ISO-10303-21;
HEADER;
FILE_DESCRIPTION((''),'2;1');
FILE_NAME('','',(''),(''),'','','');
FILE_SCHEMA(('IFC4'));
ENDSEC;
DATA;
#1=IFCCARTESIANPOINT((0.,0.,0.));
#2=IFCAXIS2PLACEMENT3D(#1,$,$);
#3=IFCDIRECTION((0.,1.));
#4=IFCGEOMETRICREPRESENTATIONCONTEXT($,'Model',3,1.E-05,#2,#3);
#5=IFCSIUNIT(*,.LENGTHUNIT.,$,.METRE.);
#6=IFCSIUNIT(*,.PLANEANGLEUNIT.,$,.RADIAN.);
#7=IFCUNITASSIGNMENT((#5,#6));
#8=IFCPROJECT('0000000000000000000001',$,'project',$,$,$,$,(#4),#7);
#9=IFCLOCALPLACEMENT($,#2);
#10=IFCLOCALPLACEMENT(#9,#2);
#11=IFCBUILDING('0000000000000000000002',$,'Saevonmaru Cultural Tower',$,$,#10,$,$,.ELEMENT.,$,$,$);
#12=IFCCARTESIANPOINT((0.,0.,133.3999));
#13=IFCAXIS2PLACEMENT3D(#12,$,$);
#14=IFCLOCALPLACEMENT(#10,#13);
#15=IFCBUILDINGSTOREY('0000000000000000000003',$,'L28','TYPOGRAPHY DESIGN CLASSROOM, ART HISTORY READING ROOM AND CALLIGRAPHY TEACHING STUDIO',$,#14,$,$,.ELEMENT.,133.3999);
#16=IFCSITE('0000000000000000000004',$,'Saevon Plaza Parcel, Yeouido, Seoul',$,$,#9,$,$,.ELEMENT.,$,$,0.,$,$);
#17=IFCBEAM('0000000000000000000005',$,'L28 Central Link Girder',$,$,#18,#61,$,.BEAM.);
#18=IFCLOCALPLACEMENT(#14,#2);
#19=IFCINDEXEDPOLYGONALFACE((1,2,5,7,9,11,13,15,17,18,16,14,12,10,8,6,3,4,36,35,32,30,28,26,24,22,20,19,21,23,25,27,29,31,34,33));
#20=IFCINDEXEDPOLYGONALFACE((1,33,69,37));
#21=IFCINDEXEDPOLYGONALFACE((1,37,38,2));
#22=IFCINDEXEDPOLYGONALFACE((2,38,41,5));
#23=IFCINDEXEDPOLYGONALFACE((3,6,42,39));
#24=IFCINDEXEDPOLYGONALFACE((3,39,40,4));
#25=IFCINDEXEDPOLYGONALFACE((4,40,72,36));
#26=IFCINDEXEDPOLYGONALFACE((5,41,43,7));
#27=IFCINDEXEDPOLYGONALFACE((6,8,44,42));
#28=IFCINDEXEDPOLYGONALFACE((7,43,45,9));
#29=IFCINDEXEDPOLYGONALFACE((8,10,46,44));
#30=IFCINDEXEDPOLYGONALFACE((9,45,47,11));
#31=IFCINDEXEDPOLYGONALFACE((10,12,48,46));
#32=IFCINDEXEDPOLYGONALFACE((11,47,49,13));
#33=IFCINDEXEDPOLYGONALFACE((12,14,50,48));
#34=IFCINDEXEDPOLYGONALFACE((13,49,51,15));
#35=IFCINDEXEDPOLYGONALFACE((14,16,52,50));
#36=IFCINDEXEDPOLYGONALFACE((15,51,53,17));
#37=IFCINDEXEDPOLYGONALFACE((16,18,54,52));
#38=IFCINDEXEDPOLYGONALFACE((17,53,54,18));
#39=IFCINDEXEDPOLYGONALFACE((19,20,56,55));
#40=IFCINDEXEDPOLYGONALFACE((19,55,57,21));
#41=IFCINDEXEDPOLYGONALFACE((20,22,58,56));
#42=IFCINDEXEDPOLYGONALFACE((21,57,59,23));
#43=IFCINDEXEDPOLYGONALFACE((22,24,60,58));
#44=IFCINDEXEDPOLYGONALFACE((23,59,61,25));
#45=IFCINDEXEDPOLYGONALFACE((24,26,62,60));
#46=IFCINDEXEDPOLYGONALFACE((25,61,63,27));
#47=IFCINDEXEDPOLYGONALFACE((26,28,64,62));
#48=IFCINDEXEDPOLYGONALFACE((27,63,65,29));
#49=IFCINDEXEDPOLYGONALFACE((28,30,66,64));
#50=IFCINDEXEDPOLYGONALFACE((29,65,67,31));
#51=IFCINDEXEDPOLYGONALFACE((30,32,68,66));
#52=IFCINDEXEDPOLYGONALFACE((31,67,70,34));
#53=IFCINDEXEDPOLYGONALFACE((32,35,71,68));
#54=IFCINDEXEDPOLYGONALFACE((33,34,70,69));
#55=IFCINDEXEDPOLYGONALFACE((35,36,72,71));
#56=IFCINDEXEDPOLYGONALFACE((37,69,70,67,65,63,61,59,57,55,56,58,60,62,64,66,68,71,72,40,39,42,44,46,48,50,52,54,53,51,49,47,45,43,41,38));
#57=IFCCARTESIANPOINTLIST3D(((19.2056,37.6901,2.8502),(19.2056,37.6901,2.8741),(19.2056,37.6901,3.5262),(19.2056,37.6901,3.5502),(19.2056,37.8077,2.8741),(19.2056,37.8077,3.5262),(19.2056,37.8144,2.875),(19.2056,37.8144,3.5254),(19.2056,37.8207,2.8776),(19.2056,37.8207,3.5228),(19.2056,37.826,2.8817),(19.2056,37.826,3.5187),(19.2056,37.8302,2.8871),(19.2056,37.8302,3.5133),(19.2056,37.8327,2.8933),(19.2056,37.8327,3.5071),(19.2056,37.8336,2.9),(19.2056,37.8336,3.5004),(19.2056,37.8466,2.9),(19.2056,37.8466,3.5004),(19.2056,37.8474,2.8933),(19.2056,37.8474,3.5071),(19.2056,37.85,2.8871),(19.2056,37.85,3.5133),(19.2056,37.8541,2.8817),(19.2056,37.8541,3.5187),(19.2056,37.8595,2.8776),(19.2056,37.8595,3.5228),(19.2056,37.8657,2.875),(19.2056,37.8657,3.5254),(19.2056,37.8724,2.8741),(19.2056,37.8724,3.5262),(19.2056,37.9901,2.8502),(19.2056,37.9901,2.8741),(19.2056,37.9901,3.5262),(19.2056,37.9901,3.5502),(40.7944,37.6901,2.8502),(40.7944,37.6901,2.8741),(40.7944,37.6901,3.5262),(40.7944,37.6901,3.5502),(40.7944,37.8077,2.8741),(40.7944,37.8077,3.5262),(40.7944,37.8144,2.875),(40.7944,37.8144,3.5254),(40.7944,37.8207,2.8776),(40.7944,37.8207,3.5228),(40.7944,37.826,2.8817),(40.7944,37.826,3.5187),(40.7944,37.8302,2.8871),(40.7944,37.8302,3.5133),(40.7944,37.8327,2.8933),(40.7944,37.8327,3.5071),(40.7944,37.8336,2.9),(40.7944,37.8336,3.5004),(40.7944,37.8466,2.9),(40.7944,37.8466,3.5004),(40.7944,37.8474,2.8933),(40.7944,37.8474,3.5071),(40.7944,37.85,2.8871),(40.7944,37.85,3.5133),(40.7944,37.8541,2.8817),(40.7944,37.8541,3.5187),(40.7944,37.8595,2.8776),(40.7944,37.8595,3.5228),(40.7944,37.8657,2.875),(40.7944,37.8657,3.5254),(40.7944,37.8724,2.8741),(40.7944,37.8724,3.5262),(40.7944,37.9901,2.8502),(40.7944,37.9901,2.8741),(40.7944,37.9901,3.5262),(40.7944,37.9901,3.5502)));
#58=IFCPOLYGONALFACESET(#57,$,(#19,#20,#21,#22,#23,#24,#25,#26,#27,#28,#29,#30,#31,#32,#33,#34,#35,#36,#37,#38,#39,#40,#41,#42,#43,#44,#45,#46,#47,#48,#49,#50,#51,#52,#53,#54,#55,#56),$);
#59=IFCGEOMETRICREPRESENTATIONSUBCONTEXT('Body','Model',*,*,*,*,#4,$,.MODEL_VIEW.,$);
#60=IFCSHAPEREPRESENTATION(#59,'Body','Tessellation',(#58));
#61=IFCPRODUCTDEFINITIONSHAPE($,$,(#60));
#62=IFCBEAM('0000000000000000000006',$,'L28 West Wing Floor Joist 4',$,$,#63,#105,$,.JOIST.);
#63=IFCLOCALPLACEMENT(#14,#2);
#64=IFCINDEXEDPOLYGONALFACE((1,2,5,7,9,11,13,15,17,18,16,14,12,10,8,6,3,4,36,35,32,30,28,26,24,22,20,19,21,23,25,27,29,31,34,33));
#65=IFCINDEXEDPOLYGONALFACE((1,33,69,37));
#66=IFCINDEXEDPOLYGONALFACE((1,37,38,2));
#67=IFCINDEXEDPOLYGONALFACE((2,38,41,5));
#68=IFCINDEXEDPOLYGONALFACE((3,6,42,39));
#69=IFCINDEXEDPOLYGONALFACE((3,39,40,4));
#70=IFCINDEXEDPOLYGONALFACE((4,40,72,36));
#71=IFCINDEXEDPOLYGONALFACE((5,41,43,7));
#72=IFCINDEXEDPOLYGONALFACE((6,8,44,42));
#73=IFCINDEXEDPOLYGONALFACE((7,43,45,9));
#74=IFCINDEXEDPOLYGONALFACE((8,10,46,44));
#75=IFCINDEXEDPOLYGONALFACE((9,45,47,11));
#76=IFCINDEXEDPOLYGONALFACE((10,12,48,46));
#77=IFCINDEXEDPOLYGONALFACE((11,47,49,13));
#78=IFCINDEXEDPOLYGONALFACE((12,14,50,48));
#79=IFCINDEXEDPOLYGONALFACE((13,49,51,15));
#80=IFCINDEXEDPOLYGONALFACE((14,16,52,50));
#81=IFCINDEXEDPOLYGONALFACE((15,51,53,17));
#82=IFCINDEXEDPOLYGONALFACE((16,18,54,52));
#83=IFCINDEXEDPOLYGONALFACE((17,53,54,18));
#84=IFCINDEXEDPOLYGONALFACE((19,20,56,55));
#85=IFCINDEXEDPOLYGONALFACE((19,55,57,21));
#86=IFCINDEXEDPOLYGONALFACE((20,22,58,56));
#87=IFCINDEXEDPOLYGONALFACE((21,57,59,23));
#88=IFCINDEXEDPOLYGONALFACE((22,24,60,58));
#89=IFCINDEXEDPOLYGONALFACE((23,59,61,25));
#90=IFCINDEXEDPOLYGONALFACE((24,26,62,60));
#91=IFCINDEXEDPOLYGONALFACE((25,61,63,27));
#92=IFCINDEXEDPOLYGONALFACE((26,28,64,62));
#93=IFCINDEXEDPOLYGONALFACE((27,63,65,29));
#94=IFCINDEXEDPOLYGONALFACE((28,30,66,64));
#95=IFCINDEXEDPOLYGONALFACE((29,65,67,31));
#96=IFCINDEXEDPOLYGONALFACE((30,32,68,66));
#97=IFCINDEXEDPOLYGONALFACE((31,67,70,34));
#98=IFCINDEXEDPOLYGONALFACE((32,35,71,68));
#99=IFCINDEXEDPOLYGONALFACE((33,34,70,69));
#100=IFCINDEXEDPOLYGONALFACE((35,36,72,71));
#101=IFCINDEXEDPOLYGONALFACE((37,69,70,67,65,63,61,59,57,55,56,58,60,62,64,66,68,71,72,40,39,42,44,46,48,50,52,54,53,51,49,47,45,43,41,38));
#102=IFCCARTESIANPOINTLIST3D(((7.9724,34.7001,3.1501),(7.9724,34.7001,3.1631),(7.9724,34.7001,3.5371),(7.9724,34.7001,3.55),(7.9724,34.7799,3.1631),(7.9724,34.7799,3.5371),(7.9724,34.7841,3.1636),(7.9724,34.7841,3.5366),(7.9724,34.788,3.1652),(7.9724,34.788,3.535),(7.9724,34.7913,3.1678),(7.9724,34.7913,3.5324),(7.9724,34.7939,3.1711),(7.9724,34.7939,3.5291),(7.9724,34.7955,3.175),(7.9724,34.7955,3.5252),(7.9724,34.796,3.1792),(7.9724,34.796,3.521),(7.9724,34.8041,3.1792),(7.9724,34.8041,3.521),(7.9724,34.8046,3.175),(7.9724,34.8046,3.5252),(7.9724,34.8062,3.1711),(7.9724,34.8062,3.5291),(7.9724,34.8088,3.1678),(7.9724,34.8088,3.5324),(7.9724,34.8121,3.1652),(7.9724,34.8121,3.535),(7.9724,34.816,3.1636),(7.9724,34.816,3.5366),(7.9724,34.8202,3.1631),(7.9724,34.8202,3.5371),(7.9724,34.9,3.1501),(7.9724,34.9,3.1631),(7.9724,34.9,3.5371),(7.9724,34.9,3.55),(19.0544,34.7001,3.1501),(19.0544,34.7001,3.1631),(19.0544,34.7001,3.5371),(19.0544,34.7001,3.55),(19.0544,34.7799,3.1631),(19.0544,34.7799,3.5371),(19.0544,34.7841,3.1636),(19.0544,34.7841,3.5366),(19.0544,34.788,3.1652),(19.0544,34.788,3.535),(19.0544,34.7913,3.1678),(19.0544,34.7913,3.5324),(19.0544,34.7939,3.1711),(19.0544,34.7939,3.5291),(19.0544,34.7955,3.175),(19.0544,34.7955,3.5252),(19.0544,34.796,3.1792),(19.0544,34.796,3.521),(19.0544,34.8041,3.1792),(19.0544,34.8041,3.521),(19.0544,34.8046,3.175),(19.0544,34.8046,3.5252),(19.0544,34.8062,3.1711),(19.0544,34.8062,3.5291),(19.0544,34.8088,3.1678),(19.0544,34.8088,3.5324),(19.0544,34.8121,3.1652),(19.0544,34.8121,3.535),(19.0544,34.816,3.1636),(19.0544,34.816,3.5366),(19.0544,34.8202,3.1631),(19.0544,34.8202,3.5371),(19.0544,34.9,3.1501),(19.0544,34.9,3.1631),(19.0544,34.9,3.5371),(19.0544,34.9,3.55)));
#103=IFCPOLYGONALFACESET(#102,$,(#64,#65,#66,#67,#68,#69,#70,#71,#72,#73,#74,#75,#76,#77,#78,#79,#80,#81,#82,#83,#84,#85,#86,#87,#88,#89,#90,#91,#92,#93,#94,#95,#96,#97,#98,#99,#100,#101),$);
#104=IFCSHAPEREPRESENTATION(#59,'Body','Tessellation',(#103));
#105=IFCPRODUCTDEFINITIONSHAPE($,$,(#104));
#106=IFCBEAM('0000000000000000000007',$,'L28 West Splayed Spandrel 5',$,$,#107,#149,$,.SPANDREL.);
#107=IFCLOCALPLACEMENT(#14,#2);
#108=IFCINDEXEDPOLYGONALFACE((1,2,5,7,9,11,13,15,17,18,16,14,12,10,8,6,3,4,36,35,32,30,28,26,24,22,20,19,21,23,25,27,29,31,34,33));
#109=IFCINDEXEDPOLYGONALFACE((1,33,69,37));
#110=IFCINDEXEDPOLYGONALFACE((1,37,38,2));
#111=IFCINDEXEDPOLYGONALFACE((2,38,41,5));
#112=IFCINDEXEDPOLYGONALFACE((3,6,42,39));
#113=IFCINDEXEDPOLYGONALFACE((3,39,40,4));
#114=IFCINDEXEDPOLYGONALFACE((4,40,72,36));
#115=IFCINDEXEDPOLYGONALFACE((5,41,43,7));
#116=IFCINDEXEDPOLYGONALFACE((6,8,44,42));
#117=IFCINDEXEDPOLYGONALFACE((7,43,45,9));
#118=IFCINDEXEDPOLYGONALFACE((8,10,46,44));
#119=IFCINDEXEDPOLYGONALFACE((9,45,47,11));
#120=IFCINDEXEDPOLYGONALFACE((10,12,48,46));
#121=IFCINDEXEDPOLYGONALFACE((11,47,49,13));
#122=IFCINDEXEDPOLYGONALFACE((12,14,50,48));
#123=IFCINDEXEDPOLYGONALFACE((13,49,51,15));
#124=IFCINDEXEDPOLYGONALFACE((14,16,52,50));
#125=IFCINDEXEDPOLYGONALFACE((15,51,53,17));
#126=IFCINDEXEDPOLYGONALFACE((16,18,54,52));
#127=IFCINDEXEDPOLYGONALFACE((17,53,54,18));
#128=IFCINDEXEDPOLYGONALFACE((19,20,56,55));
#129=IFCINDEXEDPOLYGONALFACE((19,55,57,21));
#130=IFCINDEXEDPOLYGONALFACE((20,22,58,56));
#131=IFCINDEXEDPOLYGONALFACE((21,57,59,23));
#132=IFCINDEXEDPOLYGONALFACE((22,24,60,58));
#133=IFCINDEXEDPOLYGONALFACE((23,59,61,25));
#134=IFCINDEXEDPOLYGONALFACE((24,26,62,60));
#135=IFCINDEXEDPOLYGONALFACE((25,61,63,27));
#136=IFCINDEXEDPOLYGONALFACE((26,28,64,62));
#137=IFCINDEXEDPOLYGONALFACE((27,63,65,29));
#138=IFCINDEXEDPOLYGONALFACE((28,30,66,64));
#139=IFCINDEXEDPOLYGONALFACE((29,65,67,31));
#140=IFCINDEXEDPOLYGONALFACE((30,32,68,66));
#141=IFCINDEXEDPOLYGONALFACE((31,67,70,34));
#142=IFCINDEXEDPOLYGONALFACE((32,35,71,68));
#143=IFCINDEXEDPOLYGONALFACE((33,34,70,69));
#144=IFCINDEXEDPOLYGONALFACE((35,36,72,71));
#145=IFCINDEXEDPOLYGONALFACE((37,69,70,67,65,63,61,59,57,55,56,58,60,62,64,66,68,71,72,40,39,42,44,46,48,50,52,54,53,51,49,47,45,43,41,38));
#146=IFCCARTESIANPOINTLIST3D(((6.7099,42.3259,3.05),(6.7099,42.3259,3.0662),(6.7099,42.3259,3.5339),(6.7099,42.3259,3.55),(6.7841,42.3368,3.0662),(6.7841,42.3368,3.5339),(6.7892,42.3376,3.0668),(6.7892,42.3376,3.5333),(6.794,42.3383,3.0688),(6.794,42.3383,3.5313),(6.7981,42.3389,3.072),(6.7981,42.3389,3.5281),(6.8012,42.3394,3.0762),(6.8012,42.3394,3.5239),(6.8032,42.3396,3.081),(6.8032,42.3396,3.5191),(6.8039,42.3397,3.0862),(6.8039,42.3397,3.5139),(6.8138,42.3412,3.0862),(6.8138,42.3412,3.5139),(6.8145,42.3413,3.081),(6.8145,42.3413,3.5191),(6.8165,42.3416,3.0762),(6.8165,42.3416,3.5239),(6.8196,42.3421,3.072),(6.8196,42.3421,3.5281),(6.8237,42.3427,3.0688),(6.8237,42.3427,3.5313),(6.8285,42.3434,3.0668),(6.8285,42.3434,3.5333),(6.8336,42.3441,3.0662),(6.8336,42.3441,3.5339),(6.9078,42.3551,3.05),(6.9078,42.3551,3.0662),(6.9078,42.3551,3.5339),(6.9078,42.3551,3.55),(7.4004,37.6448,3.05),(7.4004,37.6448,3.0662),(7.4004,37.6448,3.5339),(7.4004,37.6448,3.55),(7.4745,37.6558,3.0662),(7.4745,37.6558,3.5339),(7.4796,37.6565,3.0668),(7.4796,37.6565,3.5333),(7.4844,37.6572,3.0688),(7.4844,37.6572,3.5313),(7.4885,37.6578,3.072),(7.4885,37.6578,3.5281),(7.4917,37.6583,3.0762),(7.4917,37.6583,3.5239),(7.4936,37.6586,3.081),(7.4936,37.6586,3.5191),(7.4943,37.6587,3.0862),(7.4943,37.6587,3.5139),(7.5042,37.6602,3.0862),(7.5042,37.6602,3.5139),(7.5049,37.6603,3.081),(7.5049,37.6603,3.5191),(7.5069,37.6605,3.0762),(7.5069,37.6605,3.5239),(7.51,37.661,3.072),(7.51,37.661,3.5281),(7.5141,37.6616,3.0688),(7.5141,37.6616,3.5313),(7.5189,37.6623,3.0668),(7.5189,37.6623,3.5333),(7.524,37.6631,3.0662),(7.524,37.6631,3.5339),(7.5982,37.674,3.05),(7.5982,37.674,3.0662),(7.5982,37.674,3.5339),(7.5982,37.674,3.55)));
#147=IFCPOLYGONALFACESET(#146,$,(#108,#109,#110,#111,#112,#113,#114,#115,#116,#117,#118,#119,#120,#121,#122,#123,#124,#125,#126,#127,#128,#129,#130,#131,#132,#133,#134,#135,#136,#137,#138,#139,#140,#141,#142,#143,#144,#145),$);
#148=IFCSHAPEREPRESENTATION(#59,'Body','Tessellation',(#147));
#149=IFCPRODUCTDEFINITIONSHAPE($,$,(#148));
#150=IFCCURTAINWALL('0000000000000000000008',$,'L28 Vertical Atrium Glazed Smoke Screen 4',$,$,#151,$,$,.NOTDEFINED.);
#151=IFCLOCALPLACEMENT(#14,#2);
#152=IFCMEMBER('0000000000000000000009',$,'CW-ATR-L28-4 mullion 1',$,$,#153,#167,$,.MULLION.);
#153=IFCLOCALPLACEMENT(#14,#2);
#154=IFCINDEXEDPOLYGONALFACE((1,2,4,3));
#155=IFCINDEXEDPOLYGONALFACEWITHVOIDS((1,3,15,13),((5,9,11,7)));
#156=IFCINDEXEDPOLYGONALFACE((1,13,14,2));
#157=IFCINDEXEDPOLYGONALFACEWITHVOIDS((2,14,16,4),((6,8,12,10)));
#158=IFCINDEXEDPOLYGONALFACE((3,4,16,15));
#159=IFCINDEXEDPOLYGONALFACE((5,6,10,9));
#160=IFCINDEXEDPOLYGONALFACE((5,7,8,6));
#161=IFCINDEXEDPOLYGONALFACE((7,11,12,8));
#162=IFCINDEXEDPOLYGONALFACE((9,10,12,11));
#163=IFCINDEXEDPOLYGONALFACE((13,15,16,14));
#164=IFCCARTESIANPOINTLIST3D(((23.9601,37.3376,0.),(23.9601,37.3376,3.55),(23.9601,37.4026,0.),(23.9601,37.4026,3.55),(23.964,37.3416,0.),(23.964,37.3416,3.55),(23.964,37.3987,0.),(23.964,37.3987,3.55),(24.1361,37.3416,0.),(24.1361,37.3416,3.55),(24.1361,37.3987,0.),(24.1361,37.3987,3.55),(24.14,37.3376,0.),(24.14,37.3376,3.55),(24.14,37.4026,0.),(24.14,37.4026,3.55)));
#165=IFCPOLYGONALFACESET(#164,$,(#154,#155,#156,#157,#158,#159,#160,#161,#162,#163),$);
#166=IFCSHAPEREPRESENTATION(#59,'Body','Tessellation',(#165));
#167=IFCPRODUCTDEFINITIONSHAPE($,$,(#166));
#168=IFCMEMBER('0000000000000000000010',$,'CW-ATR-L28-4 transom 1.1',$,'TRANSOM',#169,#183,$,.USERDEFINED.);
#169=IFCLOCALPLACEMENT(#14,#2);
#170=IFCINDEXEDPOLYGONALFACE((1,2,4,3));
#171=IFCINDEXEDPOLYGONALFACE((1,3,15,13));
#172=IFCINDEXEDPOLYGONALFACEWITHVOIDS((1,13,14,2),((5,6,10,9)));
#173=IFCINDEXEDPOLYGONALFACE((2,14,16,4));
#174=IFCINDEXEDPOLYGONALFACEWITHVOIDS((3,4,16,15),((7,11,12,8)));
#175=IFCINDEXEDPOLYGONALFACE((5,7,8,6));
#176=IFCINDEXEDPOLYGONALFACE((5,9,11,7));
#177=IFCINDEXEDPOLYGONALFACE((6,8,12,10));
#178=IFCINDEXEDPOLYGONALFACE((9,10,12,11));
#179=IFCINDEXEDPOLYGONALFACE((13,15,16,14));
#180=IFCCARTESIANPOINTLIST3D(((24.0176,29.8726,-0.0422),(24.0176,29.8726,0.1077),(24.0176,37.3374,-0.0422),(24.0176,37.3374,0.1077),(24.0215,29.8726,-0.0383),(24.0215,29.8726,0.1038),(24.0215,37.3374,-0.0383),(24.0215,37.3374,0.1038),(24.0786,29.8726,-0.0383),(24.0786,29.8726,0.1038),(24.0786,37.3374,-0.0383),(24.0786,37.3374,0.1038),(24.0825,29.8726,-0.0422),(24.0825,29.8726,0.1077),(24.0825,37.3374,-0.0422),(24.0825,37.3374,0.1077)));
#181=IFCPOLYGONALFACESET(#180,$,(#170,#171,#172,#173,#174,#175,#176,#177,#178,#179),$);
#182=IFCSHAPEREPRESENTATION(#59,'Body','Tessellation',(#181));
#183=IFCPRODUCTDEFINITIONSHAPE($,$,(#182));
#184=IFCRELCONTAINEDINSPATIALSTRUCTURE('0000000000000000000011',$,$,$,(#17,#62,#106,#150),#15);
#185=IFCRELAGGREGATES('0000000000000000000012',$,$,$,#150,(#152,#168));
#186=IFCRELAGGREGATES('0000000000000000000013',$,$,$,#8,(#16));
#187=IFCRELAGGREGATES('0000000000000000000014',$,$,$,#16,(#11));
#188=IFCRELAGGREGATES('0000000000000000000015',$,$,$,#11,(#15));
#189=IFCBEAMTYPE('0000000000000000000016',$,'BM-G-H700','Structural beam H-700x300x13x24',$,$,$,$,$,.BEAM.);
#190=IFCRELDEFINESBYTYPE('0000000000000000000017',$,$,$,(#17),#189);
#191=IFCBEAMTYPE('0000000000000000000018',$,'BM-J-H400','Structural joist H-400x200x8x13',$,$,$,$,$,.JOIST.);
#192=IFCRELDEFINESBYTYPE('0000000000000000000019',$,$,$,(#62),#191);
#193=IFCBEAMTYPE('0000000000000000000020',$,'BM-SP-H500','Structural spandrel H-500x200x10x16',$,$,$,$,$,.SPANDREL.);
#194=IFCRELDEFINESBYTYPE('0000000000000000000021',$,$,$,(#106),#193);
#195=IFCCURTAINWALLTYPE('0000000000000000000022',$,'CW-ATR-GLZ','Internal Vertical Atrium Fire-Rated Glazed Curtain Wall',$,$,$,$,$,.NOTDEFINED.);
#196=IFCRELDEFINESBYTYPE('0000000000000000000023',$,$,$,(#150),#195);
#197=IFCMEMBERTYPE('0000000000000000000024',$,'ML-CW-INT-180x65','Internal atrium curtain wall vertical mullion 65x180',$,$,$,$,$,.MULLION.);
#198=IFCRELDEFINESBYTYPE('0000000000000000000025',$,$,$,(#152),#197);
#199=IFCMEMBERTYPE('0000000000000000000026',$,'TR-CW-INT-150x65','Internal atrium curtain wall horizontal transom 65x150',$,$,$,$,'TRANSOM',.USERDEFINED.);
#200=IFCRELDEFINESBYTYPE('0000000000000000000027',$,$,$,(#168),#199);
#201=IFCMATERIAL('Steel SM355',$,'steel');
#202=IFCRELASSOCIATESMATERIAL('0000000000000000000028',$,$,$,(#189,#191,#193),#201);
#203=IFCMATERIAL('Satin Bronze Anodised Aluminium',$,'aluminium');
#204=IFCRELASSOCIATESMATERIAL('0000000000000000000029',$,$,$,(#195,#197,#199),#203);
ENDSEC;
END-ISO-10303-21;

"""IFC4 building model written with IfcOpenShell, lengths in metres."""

from ifc_helpers import new_model, si_unit, direction, frame, origin, origin_2d, place, context, subcontext, project, spatial, hollow_rectangle, i_section, extrude, material, material_profile, profile_set, type_object, element, aggregate, save


model = new_model("IFC4")

# Units and contexts
model_context = context("Model", 3, precision=1e-05, world=origin(), true_north=direction((0.0, 1.0)))
body_context = subcontext(model_context, "Body", "Model", "MODEL_VIEW")
ifc_project = project(units=[si_unit("LENGTHUNIT", "METRE"), si_unit("PLANEANGLEUNIT", "RADIAN")], contexts=[model_context])

# Site, building, storey
site_placement = place(None, origin())
site = spatial("IfcSite", under=ifc_project, at=site_placement, Name="Saevon Plaza Parcel, Yeouido, Seoul", CompositionType="ELEMENT", RefElevation=0.0)
building_placement = place(site_placement, origin())
building = spatial("IfcBuilding", under=site, at=building_placement, Name="Saevonmaru Cultural Tower", CompositionType="ELEMENT")
storey_placement = place(building_placement, frame((0.0, 0.0, 133.3999)))
storey = spatial("IfcBuildingStorey", under=building, at=storey_placement, Name="L28", Description="TYPOGRAPHY DESIGN CLASSROOM, ART HISTORY READING ROOM AND CALLIGRAPHY TEACHING STUDIO", CompositionType="ELEMENT", Elevation=133.3999)

# Shared definitions
ifc_material_1 = material(Name="Steel SM355", Category="steel")

# Beams
ifc_material_profile_1 = material_profile(ifc_material_1, i_section(OverallWidth=0.3, OverallDepth=0.7, WebThickness=0.0129, FlangeThickness=0.0239, FilletRadius=0.0259, at=origin_2d()), Name="H-700x300x13x24")
ifc_profile_set_1 = profile_set([ifc_material_profile_1], Name="Steel SM355")
beam_type_1 = type_object("IfcBeamType", Name="BM-G-H700", Description="Structural beam H-700x300x13x24", PredefinedType="BEAM", material=ifc_profile_set_1)
beam_1_placement = place(storey_placement, frame((19.2056, 37.8401, 3.2002), z_axis=(1.0, 0.0, 0.0), x_axis=(0.0, 1.0, 0.0)))
element("IfcBeam", 1, at=beam_1_placement, inside=storey, type_object=beam_type_1, Name="L28 Central Link Girder", PredefinedType="BEAM", context=body_context, shape_type="SweptSolid", body=[
    extrude(i_section(OverallWidth=0.3, OverallDepth=0.7, WebThickness=0.0129, FlangeThickness=0.0239, FilletRadius=0.0259, at=origin_2d()), origin(), (0.0, 0.0, 1.0), 21.5889),
])
ifc_material_profile_2 = material_profile(ifc_material_1, i_section(OverallWidth=0.2, OverallDepth=0.3999, WebThickness=0.0081, FlangeThickness=0.0129, FilletRadius=0.0161, at=origin_2d()), Name="H-400x200x8x13")
ifc_profile_set_2 = profile_set([ifc_material_profile_2], Name="Steel SM355")
beam_type_2 = type_object("IfcBeamType", Name="BM-J-H400", Description="Structural joist H-400x200x8x13", PredefinedType="JOIST", material=ifc_profile_set_2)
beam_2_placement = place(storey_placement, frame((7.9724, 34.8, 3.3501), z_axis=(1.0, 0.0, 0.0), x_axis=(0.0, 1.0, 0.0)))
element("IfcBeam", 2, at=beam_2_placement, inside=storey, type_object=beam_type_2, Name="L28 West Wing Floor Joist 4", PredefinedType="JOIST", context=body_context, shape_type="SweptSolid", body=[
    extrude(i_section(OverallWidth=0.2, OverallDepth=0.3999, WebThickness=0.0081, FlangeThickness=0.0129, FilletRadius=0.0161, at=origin_2d()), origin(), (0.0, 0.0, 1.0), 11.082),
])
ifc_material_profile_3 = material_profile(ifc_material_1, i_section(OverallWidth=0.2, OverallDepth=0.5, WebThickness=0.01, FlangeThickness=0.0161, FilletRadius=0.02, at=origin_2d()), Name="H-500x200x10x16")
ifc_profile_set_3 = profile_set([ifc_material_profile_3], Name="Steel SM355")
beam_type_3 = type_object("IfcBeamType", Name="BM-SP-H500", Description="Structural spandrel H-500x200x10x16", PredefinedType="SPANDREL", material=ifc_profile_set_3)
beam_3_placement = place(storey_placement, frame((7.4993, 37.6594, 3.3), z_axis=(-0.145913, 0.989297, 0.0), x_axis=(-0.989297, -0.145913, 0.0)))
element("IfcBeam", 3, at=beam_3_placement, inside=storey, type_object=beam_type_3, Name="L28 West Splayed Spandrel 5", PredefinedType="SPANDREL", context=body_context, shape_type="SweptSolid", body=[
    extrude(i_section(OverallWidth=0.2, OverallDepth=0.5, WebThickness=0.01, FlangeThickness=0.0161, FilletRadius=0.02, at=origin_2d()), origin(), (0.0, 0.0, 1.0), 4.7317),
])

# Curtain wall, members
ifc_material_2 = material(Name="Satin Bronze Anodised Aluminium", Category="aluminium")
curtain_wall_type_1 = type_object("IfcCurtainWallType", Name="CW-ATR-GLZ", Description="Internal Vertical Atrium Fire-Rated Glazed Curtain Wall", PredefinedType="NOTDEFINED", material=ifc_material_2)
curtain_wall_1_placement = place(storey_placement, origin())
curtain_wall_1 = element("IfcCurtainWall", 4, at=curtain_wall_1_placement, inside=storey, type_object=curtain_wall_type_1, Name="L28 Vertical Atrium Glazed Smoke Screen 4", PredefinedType="NOTDEFINED")
ifc_material_profile_4 = material_profile(ifc_material_2, hollow_rectangle(XDim=0.0649, YDim=0.1799, WallThickness=0.0039, at=origin_2d()), Name="ALU-MULL-180x65x4")
ifc_profile_set_4 = profile_set([ifc_material_profile_4], Name="Satin Bronze Anodised Aluminium")
member_type_1 = type_object("IfcMemberType", Name="ML-CW-INT-180x65", Description="Internal atrium curtain wall vertical mullion 65x180", PredefinedType="MULLION", material=ifc_profile_set_4)
member_1_placement = place(storey_placement, frame((24.05, 37.3701, 0.0), z_axis=(0.0, 0.0, 1.0), x_axis=(0.0, -1.0, 0.0)))
member_1 = element("IfcMember", 5, at=member_1_placement, type_object=member_type_1, Name="CW-ATR-L28-4 mullion 1", PredefinedType="MULLION", context=body_context, shape_type="SweptSolid", body=[
    extrude(hollow_rectangle(XDim=0.0649, YDim=0.1799, WallThickness=0.0039, at=origin_2d()), origin(), (0.0, 0.0, 1.0), 3.55),
])
ifc_material_profile_5 = material_profile(ifc_material_2, hollow_rectangle(XDim=0.0649, YDim=0.1499, WallThickness=0.0039, at=origin_2d()), Name="ALU-TRAN-150x65x4")
ifc_profile_set_5 = profile_set([ifc_material_profile_5], Name="Satin Bronze Anodised Aluminium")
member_type_2 = type_object("IfcMemberType", Name="TR-CW-INT-150x65", Description="Internal atrium curtain wall horizontal transom 65x150", ElementType="TRANSOM", PredefinedType="USERDEFINED", material=ifc_profile_set_5)
member_2_placement = place(storey_placement, frame((24.05, 37.3374, 0.0327), z_axis=(0.0, -1.0, 0.0), x_axis=(1.0, 0.0, 0.0)))
member_2 = element("IfcMember", 6, at=member_2_placement, type_object=member_type_2, Name="CW-ATR-L28-4 transom 1.1", ObjectType="TRANSOM", PredefinedType="USERDEFINED", context=body_context, shape_type="SweptSolid", body=[
    extrude(hollow_rectangle(XDim=0.0649, YDim=0.1499, WallThickness=0.0039, at=origin_2d()), origin(), (0.0, 0.0, 1.0), 7.4648),
])
aggregate(curtain_wall_1, [member_1, member_2])

save(model, "model.ifc")
